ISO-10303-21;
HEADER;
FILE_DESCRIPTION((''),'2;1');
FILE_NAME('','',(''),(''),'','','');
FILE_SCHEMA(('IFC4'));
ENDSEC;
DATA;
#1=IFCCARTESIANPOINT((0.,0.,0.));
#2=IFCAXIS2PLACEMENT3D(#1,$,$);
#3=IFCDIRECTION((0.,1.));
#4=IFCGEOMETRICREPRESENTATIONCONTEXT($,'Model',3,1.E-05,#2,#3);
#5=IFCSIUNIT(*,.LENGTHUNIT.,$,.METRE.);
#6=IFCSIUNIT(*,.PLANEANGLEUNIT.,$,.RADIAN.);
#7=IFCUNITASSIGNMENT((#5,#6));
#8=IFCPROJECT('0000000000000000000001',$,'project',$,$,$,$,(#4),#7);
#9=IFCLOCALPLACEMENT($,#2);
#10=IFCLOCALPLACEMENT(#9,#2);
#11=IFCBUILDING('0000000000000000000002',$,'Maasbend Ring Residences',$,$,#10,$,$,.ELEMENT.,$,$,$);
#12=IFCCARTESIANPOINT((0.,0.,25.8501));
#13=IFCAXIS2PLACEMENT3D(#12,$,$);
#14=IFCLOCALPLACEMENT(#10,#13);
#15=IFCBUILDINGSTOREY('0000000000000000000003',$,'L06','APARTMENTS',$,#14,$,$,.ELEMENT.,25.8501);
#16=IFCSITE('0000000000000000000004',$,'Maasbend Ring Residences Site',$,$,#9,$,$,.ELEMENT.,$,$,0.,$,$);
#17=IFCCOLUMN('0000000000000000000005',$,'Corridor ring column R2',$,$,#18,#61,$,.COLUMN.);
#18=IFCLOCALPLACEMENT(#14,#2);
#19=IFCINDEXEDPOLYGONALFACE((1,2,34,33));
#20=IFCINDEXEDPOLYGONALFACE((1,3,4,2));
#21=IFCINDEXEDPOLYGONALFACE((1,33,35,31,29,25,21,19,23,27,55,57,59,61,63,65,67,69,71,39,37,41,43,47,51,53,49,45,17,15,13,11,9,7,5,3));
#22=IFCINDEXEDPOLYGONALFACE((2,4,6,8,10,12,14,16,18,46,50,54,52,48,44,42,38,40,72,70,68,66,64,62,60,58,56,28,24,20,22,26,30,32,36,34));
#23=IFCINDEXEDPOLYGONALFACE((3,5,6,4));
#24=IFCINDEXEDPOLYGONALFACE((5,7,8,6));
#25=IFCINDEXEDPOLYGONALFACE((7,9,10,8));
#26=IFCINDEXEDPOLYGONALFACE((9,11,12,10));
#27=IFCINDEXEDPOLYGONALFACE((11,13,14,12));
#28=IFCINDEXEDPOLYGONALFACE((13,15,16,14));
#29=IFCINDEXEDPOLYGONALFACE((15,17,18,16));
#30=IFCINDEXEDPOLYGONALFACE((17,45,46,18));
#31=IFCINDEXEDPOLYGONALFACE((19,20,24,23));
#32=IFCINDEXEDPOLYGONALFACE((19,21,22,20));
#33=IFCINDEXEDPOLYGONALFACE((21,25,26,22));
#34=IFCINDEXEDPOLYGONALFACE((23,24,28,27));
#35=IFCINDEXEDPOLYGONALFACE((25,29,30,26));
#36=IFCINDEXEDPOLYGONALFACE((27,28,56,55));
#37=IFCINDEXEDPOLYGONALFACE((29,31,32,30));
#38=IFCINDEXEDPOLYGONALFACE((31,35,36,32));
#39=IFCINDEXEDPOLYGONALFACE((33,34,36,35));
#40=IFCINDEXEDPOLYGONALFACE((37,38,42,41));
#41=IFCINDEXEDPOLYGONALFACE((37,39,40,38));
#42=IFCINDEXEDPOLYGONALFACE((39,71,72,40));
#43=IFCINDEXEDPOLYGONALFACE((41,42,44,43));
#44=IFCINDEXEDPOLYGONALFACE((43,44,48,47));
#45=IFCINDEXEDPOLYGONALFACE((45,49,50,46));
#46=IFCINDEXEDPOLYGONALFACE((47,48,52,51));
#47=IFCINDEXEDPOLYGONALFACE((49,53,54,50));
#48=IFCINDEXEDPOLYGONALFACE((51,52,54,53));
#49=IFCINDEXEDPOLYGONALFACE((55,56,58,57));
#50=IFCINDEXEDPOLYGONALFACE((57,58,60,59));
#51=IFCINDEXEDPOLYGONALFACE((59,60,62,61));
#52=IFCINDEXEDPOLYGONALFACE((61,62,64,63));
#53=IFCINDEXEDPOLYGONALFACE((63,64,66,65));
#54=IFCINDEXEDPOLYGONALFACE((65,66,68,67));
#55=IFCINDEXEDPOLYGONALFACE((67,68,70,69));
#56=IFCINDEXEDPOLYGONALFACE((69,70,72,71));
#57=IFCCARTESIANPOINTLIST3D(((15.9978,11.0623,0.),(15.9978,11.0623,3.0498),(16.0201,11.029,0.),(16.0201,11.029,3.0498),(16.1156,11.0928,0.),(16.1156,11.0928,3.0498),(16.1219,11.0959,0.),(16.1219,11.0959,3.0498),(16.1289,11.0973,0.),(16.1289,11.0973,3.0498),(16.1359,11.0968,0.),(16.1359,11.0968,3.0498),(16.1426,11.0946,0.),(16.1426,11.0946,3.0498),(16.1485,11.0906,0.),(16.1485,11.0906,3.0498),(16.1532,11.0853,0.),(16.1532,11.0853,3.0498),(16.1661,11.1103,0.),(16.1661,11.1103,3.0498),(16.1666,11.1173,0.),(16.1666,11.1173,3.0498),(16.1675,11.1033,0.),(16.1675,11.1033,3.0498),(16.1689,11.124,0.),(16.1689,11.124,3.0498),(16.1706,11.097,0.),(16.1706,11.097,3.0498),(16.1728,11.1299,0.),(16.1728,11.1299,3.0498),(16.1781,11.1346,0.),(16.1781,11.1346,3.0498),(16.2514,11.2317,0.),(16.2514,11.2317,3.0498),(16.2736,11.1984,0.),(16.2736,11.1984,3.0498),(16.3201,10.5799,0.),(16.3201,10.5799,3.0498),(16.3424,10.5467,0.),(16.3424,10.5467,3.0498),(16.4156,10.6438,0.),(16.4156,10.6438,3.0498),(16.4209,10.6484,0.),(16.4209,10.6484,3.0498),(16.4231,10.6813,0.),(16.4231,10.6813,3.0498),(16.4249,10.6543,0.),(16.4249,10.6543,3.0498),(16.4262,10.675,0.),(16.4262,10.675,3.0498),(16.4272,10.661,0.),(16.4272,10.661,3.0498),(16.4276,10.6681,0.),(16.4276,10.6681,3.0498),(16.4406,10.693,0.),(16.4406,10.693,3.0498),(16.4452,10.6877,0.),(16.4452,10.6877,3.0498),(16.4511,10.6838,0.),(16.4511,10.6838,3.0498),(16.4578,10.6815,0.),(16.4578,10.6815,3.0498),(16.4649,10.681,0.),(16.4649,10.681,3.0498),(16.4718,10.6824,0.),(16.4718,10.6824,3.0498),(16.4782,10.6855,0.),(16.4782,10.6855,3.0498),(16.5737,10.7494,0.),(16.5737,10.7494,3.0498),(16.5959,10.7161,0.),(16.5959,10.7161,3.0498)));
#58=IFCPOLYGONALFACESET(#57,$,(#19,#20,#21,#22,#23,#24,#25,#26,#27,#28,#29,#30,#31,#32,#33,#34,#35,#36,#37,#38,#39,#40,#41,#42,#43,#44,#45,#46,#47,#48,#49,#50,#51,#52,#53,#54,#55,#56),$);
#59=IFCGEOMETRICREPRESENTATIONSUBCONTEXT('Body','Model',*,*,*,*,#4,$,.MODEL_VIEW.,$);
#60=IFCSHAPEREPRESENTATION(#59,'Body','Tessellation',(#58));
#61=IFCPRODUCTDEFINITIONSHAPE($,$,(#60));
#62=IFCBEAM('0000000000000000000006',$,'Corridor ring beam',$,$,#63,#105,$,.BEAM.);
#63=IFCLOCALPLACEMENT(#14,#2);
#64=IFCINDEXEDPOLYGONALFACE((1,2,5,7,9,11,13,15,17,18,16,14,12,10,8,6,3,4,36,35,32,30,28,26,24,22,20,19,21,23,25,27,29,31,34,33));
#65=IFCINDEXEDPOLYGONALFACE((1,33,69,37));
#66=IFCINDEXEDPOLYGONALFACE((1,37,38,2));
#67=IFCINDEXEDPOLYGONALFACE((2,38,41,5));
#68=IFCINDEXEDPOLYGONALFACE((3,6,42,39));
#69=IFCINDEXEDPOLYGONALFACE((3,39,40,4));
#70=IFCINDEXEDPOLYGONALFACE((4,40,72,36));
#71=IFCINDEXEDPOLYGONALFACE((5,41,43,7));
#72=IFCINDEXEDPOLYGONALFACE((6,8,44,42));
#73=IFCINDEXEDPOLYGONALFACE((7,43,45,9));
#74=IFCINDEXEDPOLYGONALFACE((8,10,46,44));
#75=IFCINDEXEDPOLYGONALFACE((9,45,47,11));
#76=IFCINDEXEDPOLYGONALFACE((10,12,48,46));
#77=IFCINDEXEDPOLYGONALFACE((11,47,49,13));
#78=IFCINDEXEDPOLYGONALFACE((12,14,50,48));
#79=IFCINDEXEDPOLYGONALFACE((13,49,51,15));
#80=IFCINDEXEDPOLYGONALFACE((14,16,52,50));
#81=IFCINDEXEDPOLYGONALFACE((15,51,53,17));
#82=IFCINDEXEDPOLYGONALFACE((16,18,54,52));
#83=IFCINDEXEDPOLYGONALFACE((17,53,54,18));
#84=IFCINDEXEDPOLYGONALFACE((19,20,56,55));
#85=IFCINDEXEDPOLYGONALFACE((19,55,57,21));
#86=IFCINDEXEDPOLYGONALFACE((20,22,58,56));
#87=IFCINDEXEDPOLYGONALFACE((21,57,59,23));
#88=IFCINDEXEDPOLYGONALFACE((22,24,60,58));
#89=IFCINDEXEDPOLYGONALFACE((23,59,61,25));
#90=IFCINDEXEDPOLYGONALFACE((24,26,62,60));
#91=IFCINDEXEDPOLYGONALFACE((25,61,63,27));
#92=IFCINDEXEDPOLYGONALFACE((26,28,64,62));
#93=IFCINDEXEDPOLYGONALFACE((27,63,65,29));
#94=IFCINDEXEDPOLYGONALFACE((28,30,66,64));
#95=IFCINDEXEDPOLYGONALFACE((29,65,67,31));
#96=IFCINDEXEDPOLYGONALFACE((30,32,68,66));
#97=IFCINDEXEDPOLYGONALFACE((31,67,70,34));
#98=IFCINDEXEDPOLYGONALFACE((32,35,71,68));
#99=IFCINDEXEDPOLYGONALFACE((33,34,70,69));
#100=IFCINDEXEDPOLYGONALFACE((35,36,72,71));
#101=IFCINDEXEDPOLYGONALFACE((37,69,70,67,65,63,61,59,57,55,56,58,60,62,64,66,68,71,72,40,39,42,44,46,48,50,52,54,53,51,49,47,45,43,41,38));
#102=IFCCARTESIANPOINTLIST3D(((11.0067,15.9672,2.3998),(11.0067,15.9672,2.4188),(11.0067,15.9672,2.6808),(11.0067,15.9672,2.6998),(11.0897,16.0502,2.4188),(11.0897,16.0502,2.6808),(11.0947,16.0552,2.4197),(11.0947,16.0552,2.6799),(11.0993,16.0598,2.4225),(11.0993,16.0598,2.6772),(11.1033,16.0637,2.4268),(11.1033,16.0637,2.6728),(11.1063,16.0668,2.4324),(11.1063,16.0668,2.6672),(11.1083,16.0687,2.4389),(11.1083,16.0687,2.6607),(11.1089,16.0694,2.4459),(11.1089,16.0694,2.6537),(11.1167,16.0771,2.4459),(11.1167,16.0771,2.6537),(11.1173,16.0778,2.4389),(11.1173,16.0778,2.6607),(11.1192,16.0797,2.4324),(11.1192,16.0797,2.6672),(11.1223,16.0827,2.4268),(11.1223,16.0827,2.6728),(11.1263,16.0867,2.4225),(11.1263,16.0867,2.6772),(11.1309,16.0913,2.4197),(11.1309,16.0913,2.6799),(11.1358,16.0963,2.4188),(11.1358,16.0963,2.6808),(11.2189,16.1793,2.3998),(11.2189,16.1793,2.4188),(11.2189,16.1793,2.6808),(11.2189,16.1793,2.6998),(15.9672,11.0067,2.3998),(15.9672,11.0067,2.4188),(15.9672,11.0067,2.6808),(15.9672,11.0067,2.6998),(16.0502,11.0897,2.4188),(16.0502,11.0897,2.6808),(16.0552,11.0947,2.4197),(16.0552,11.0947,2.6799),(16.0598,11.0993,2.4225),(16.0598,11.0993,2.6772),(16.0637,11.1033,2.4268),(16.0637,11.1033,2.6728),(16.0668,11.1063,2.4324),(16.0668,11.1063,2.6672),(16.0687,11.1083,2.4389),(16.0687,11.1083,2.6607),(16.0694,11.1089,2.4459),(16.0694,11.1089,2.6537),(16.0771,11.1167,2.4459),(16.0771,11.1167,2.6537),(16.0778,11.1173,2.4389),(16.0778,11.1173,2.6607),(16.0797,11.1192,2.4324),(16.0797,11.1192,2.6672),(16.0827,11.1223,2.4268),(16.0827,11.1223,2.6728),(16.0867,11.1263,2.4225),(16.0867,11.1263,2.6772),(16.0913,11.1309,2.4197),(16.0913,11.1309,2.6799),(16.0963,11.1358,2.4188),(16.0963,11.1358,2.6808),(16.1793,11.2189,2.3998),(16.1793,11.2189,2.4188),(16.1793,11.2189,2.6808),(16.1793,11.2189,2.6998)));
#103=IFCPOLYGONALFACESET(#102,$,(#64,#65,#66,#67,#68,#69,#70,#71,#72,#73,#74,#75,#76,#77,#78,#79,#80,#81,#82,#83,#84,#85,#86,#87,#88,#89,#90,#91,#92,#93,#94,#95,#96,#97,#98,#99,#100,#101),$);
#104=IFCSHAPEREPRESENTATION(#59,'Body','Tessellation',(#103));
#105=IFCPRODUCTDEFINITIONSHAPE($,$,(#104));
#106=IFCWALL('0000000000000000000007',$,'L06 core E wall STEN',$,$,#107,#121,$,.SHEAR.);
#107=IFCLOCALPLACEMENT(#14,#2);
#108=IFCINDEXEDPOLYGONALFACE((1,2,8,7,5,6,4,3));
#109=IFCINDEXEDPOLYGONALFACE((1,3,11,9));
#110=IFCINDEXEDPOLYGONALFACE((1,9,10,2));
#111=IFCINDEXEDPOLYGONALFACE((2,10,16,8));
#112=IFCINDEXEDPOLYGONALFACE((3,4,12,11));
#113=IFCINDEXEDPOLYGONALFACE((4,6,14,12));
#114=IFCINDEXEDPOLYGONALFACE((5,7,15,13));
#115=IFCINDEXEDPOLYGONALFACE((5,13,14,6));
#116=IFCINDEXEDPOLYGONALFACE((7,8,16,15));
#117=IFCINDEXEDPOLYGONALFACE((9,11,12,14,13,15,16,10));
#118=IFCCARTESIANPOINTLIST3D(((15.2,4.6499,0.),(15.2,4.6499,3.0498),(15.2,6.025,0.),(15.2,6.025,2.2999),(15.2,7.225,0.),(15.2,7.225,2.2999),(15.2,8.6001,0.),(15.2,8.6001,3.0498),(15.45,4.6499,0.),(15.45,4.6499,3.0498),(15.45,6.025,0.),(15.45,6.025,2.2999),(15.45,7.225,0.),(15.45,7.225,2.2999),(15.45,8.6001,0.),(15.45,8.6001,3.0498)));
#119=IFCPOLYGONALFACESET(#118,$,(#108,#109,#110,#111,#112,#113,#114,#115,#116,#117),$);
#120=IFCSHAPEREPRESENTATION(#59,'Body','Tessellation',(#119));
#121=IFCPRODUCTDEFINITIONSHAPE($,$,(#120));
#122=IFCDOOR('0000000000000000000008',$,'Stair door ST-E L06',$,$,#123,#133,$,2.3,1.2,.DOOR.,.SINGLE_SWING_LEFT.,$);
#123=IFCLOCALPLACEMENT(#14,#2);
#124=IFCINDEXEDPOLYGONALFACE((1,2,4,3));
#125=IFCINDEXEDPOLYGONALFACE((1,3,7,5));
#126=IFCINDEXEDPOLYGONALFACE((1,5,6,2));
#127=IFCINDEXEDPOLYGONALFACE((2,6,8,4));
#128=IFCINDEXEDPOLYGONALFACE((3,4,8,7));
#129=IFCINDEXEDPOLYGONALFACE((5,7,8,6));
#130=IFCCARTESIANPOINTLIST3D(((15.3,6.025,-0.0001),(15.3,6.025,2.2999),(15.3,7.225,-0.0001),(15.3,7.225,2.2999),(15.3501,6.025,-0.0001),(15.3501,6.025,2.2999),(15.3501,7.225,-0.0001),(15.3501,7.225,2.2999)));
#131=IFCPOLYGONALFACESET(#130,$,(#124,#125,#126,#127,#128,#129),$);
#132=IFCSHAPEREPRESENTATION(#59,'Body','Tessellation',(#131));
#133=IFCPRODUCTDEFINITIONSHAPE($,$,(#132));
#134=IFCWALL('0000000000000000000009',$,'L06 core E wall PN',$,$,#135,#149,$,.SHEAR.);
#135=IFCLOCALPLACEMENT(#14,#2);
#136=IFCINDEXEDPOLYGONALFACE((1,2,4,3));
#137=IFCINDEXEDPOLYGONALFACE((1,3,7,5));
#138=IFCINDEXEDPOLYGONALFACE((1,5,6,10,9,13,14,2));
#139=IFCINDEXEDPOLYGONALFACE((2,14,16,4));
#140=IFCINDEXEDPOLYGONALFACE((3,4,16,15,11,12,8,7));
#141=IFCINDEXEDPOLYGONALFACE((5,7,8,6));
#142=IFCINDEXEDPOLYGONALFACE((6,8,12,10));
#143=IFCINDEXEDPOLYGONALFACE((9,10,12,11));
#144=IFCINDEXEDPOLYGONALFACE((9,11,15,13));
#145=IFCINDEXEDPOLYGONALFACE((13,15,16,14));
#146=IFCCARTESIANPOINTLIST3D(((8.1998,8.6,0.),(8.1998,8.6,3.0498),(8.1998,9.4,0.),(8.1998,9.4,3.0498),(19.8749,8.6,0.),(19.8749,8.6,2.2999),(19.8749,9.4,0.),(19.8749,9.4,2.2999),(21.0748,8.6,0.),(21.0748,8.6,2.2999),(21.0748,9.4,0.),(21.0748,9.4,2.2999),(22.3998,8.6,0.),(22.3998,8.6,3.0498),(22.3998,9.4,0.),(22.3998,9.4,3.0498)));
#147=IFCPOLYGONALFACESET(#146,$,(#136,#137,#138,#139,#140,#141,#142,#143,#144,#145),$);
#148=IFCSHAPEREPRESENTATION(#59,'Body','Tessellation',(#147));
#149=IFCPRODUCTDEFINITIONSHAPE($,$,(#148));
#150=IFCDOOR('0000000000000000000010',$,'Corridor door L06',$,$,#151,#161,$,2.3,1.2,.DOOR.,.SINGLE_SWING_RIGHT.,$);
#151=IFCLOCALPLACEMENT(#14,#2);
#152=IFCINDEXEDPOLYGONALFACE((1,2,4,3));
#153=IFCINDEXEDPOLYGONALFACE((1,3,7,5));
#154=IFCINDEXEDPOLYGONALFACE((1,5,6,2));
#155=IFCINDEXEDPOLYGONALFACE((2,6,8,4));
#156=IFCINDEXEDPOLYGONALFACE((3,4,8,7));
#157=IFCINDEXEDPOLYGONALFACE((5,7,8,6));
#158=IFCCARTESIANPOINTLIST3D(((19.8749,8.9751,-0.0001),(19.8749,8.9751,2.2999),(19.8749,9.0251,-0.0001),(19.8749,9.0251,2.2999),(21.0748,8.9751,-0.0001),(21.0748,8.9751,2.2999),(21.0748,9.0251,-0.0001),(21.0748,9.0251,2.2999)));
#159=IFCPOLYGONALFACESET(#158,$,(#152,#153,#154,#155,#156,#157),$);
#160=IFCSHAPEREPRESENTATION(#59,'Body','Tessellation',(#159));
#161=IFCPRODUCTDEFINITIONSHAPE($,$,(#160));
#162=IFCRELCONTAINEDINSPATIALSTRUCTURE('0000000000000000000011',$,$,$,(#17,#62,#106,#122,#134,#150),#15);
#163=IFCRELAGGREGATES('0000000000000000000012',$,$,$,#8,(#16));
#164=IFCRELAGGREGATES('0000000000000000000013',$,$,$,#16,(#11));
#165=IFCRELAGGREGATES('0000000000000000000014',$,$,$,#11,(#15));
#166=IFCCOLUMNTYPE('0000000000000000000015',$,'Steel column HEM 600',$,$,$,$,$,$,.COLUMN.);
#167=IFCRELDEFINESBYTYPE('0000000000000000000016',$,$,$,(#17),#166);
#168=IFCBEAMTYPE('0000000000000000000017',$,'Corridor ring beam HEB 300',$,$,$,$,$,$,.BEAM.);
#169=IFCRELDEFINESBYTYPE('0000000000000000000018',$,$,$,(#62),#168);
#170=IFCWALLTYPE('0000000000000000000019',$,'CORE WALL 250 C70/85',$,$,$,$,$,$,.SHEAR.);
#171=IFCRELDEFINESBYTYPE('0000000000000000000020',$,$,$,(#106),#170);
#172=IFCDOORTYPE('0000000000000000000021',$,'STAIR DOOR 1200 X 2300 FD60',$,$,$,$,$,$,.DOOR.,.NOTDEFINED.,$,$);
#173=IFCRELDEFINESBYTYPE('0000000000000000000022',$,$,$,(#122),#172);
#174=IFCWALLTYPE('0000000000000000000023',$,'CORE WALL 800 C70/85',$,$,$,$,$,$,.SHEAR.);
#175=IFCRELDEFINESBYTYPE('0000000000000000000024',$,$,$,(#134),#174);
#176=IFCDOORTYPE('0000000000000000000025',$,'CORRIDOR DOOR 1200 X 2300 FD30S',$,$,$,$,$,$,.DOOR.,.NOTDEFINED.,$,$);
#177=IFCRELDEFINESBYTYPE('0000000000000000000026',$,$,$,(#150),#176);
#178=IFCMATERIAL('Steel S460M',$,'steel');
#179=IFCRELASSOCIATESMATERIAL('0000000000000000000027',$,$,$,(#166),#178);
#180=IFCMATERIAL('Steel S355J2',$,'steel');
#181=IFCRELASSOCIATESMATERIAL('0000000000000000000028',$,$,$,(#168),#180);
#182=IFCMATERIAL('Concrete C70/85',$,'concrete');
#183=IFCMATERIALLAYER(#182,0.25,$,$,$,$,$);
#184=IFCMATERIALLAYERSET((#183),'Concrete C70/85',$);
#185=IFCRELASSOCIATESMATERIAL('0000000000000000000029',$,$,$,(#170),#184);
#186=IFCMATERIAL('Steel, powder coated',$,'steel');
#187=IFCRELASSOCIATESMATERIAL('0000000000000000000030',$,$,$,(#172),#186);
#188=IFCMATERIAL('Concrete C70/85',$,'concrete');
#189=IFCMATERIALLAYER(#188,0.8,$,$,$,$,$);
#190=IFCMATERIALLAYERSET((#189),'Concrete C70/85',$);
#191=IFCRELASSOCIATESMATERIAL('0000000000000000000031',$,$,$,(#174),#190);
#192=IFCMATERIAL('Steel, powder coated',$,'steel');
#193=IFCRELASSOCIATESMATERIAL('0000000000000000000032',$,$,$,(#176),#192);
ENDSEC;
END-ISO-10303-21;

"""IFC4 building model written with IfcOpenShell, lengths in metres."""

from ifc_helpers import new_model, si_unit, direction, frame, frame_2d, origin, origin_2d, place, context, subcontext, project, spatial, rectangle, i_section, extrude, material, layer, layer_set, material_profile, profile_set, type_object, element, fill, save


model = new_model("IFC4")

# Units and contexts
model_context = context("Model", 3, precision=1e-05, world=origin(), true_north=direction((0.0, 1.0)))
body_context = subcontext(model_context, "Body", "Model", "MODEL_VIEW")
ifc_project = project(units=[si_unit("LENGTHUNIT", "METRE"), si_unit("PLANEANGLEUNIT", "RADIAN")], contexts=[model_context])

# Site, building, storey
site_placement = place(None, origin())
site = spatial("IfcSite", under=ifc_project, at=site_placement, Name="Maasbend Ring Residences Site", CompositionType="ELEMENT", RefElevation=0.0)
building_placement = place(site_placement, origin())
building = spatial("IfcBuilding", under=site, at=building_placement, Name="Maasbend Ring Residences", CompositionType="ELEMENT")
storey_placement = place(building_placement, frame((0.0, 0.0, 25.8501)))
storey = spatial("IfcBuildingStorey", under=building, at=storey_placement, Name="L06", Description="APARTMENTS", CompositionType="ELEMENT", Elevation=25.8501)

# Column
ifc_material_1 = material(Name="Steel S460M", Category="steel")
ifc_material_profile_1 = material_profile(ifc_material_1, i_section(OverallWidth=0.3049, OverallDepth=0.6201, WebThickness=0.021, FlangeThickness=0.04, FilletRadius=0.0271, at=origin_2d()), Name="HEM 600")
ifc_profile_set_1 = profile_set([ifc_material_profile_1], Name="Steel S460M")
column_type = type_object("IfcColumnType", Name="Steel column HEM 600", PredefinedType="COLUMN", material=ifc_profile_set_1)
column_placement = place(storey_placement, frame((16.2969, 10.8892, 0.0), z_axis=(0.0, 0.0, 1.0), x_axis=(0.83147, 0.55557, 0.0)))
element("IfcColumn", 1, at=column_placement, inside=storey, type_object=column_type, Name="Corridor ring column R2", PredefinedType="COLUMN", context=body_context, shape_type="SweptSolid", body=[
    extrude(i_section(OverallWidth=0.3049, OverallDepth=0.6201, WebThickness=0.021, FlangeThickness=0.04, FilletRadius=0.0271, at=origin_2d()), origin(), (0.0, 0.0, 1.0), 3.0498),
])

# Beam
ifc_material_2 = material(Name="Steel S355J2", Category="steel")
ifc_material_profile_2 = material_profile(ifc_material_2, i_section(OverallWidth=0.3, OverallDepth=0.3, WebThickness=0.011, FlangeThickness=0.019, FilletRadius=0.0271, at=origin_2d()), Name="HEB 300")
ifc_profile_set_2 = profile_set([ifc_material_profile_2], Name="Steel S355J2")
beam_type = type_object("IfcBeamType", Name="Corridor ring beam HEB 300", PredefinedType="BEAM", material=ifc_profile_set_2)
beam_placement = place(storey_placement, frame((16.0732, 11.1128, 2.5498), z_axis=(-0.707107, 0.707107, 0.0), x_axis=(-0.707107, -0.707107, 0.0)))
element("IfcBeam", 2, at=beam_placement, inside=storey, type_object=beam_type, Name="Corridor ring beam", PredefinedType="BEAM", context=body_context, shape_type="SweptSolid", body=[
    extrude(i_section(OverallWidth=0.3, OverallDepth=0.3, WebThickness=0.011, FlangeThickness=0.019, FilletRadius=0.0271, at=origin_2d()), origin(), (0.0, 0.0, 1.0), 7.0151),
])

# Walls, openings, doors
ifc_material_3 = material(Name="Concrete C70/85", Category="concrete")
ifc_layer_1 = layer(ifc_material_3, 0.25)
ifc_layer_set_1 = layer_set([ifc_layer_1], Name="Concrete C70/85")
wall_type_1 = type_object("IfcWallType", Name="CORE WALL 250 C70/85", PredefinedType="SHEAR", material=ifc_layer_set_1)
wall_1_placement = place(storey_placement, frame((15.325, 4.6499, 0.0), z_axis=(0.0, 0.0, 1.0), x_axis=(0.0, 1.0, 0.0)))
wall_1 = element("IfcWall", 3, at=wall_1_placement, inside=storey, type_object=wall_type_1, Name="L06 core E wall STEN", PredefinedType="SHEAR", context=body_context, shape_type="SweptSolid", body=[
    extrude(rectangle(XDim=3.9502, YDim=0.25, at=frame_2d((1.9751, 0.0))), origin(), (0.0, 0.0, 1.0), 3.0498),
])
opening_1_placement = place(wall_1_placement, frame((1.375, 0.0, 0.0)))
opening_1 = element("IfcOpeningElement", 4, at=opening_1_placement, cuts=wall_1, PredefinedType="OPENING", context=body_context, shape_type="SweptSolid", body=[
    extrude(rectangle(XDim=1.2, YDim=2.3, at=frame_2d((0.6001, 1.1499))), frame((0.0, 0.135, 0.0), z_axis=(0.0, -1.0, 0.0), x_axis=(1.0, 0.0, 0.0)), (0.0, 0.0, 1.0), 0.27),
])
ifc_material_4 = material(Name="Steel, powder coated", Category="steel")
door_type_1 = type_object("IfcDoorType", Name="STAIR DOOR 1200 X 2300 FD60", OperationType="NOTDEFINED", PredefinedType="DOOR", material=ifc_material_4)
door_1_placement = place(opening_1_placement, origin())
door_1 = element("IfcDoor", 5, at=door_1_placement, inside=storey, type_object=door_type_1, Name="Stair door ST-E L06", OperationType="SINGLE_SWING_LEFT", OverallHeight=2.3, OverallWidth=1.2, PredefinedType="DOOR", context=body_context, shape_type="SweptSolid", body=[
    extrude(rectangle(XDim=1.2, YDim=2.3, at=frame_2d((0.6001, 1.1499))), frame((0.0, 0.0249, 0.0), z_axis=(0.0, -1.0, 0.0), x_axis=(1.0, 0.0, 0.0)), (0.0, 0.0, 1.0), 0.05),
])
fill(opening_1, door_1)
ifc_material_5 = material(Name="Concrete C70/85", Category="concrete")
ifc_layer_2 = layer(ifc_material_5, 0.8)
ifc_layer_set_2 = layer_set([ifc_layer_2], Name="Concrete C70/85")
wall_type_2 = type_object("IfcWallType", Name="CORE WALL 800 C70/85", PredefinedType="SHEAR", material=ifc_layer_set_2)
wall_2_placement = place(storey_placement, frame((22.3999, 9.0, 0.0), z_axis=(0.0, 0.0, 1.0), x_axis=(-1.0, 0.0, 0.0)))
wall_2 = element("IfcWall", 6, at=wall_2_placement, inside=storey, type_object=wall_type_2, Name="L06 core E wall PN", PredefinedType="SHEAR", context=body_context, shape_type="SweptSolid", body=[
    extrude(rectangle(XDim=14.2, YDim=0.8, at=frame_2d((7.1001, 0.0))), origin(), (0.0, 0.0, 1.0), 3.0498),
])
opening_2_placement = place(wall_2_placement, frame((1.325, 0.0, 0.0)))
opening_2 = element("IfcOpeningElement", 7, at=opening_2_placement, cuts=wall_2, PredefinedType="OPENING", context=body_context, shape_type="SweptSolid", body=[
    extrude(rectangle(XDim=1.2, YDim=2.3, at=frame_2d((0.6001, 1.1499))), frame((0.0, 0.4102, 0.0), z_axis=(0.0, -1.0, 0.0), x_axis=(1.0, 0.0, 0.0)), (0.0, 0.0, 1.0), 0.8201),
])
ifc_material_6 = material(Name="Steel, powder coated", Category="steel")
door_type_2 = type_object("IfcDoorType", Name="CORRIDOR DOOR 1200 X 2300 FD30S", OperationType="NOTDEFINED", PredefinedType="DOOR", material=ifc_material_6)
door_2_placement = place(opening_2_placement, origin())
door_2 = element("IfcDoor", 8, at=door_2_placement, inside=storey, type_object=door_type_2, Name="Corridor door L06", OperationType="SINGLE_SWING_RIGHT", OverallHeight=2.3, OverallWidth=1.2, PredefinedType="DOOR", context=body_context, shape_type="SweptSolid", body=[
    extrude(rectangle(XDim=1.2, YDim=2.3, at=frame_2d((0.6001, 1.1499))), frame((0.0, 0.0249, 0.0), z_axis=(0.0, -1.0, 0.0), x_axis=(1.0, 0.0, 0.0)), (0.0, 0.0, 1.0), 0.05),
])
fill(opening_2, door_2)

save(model, "model.ifc")
